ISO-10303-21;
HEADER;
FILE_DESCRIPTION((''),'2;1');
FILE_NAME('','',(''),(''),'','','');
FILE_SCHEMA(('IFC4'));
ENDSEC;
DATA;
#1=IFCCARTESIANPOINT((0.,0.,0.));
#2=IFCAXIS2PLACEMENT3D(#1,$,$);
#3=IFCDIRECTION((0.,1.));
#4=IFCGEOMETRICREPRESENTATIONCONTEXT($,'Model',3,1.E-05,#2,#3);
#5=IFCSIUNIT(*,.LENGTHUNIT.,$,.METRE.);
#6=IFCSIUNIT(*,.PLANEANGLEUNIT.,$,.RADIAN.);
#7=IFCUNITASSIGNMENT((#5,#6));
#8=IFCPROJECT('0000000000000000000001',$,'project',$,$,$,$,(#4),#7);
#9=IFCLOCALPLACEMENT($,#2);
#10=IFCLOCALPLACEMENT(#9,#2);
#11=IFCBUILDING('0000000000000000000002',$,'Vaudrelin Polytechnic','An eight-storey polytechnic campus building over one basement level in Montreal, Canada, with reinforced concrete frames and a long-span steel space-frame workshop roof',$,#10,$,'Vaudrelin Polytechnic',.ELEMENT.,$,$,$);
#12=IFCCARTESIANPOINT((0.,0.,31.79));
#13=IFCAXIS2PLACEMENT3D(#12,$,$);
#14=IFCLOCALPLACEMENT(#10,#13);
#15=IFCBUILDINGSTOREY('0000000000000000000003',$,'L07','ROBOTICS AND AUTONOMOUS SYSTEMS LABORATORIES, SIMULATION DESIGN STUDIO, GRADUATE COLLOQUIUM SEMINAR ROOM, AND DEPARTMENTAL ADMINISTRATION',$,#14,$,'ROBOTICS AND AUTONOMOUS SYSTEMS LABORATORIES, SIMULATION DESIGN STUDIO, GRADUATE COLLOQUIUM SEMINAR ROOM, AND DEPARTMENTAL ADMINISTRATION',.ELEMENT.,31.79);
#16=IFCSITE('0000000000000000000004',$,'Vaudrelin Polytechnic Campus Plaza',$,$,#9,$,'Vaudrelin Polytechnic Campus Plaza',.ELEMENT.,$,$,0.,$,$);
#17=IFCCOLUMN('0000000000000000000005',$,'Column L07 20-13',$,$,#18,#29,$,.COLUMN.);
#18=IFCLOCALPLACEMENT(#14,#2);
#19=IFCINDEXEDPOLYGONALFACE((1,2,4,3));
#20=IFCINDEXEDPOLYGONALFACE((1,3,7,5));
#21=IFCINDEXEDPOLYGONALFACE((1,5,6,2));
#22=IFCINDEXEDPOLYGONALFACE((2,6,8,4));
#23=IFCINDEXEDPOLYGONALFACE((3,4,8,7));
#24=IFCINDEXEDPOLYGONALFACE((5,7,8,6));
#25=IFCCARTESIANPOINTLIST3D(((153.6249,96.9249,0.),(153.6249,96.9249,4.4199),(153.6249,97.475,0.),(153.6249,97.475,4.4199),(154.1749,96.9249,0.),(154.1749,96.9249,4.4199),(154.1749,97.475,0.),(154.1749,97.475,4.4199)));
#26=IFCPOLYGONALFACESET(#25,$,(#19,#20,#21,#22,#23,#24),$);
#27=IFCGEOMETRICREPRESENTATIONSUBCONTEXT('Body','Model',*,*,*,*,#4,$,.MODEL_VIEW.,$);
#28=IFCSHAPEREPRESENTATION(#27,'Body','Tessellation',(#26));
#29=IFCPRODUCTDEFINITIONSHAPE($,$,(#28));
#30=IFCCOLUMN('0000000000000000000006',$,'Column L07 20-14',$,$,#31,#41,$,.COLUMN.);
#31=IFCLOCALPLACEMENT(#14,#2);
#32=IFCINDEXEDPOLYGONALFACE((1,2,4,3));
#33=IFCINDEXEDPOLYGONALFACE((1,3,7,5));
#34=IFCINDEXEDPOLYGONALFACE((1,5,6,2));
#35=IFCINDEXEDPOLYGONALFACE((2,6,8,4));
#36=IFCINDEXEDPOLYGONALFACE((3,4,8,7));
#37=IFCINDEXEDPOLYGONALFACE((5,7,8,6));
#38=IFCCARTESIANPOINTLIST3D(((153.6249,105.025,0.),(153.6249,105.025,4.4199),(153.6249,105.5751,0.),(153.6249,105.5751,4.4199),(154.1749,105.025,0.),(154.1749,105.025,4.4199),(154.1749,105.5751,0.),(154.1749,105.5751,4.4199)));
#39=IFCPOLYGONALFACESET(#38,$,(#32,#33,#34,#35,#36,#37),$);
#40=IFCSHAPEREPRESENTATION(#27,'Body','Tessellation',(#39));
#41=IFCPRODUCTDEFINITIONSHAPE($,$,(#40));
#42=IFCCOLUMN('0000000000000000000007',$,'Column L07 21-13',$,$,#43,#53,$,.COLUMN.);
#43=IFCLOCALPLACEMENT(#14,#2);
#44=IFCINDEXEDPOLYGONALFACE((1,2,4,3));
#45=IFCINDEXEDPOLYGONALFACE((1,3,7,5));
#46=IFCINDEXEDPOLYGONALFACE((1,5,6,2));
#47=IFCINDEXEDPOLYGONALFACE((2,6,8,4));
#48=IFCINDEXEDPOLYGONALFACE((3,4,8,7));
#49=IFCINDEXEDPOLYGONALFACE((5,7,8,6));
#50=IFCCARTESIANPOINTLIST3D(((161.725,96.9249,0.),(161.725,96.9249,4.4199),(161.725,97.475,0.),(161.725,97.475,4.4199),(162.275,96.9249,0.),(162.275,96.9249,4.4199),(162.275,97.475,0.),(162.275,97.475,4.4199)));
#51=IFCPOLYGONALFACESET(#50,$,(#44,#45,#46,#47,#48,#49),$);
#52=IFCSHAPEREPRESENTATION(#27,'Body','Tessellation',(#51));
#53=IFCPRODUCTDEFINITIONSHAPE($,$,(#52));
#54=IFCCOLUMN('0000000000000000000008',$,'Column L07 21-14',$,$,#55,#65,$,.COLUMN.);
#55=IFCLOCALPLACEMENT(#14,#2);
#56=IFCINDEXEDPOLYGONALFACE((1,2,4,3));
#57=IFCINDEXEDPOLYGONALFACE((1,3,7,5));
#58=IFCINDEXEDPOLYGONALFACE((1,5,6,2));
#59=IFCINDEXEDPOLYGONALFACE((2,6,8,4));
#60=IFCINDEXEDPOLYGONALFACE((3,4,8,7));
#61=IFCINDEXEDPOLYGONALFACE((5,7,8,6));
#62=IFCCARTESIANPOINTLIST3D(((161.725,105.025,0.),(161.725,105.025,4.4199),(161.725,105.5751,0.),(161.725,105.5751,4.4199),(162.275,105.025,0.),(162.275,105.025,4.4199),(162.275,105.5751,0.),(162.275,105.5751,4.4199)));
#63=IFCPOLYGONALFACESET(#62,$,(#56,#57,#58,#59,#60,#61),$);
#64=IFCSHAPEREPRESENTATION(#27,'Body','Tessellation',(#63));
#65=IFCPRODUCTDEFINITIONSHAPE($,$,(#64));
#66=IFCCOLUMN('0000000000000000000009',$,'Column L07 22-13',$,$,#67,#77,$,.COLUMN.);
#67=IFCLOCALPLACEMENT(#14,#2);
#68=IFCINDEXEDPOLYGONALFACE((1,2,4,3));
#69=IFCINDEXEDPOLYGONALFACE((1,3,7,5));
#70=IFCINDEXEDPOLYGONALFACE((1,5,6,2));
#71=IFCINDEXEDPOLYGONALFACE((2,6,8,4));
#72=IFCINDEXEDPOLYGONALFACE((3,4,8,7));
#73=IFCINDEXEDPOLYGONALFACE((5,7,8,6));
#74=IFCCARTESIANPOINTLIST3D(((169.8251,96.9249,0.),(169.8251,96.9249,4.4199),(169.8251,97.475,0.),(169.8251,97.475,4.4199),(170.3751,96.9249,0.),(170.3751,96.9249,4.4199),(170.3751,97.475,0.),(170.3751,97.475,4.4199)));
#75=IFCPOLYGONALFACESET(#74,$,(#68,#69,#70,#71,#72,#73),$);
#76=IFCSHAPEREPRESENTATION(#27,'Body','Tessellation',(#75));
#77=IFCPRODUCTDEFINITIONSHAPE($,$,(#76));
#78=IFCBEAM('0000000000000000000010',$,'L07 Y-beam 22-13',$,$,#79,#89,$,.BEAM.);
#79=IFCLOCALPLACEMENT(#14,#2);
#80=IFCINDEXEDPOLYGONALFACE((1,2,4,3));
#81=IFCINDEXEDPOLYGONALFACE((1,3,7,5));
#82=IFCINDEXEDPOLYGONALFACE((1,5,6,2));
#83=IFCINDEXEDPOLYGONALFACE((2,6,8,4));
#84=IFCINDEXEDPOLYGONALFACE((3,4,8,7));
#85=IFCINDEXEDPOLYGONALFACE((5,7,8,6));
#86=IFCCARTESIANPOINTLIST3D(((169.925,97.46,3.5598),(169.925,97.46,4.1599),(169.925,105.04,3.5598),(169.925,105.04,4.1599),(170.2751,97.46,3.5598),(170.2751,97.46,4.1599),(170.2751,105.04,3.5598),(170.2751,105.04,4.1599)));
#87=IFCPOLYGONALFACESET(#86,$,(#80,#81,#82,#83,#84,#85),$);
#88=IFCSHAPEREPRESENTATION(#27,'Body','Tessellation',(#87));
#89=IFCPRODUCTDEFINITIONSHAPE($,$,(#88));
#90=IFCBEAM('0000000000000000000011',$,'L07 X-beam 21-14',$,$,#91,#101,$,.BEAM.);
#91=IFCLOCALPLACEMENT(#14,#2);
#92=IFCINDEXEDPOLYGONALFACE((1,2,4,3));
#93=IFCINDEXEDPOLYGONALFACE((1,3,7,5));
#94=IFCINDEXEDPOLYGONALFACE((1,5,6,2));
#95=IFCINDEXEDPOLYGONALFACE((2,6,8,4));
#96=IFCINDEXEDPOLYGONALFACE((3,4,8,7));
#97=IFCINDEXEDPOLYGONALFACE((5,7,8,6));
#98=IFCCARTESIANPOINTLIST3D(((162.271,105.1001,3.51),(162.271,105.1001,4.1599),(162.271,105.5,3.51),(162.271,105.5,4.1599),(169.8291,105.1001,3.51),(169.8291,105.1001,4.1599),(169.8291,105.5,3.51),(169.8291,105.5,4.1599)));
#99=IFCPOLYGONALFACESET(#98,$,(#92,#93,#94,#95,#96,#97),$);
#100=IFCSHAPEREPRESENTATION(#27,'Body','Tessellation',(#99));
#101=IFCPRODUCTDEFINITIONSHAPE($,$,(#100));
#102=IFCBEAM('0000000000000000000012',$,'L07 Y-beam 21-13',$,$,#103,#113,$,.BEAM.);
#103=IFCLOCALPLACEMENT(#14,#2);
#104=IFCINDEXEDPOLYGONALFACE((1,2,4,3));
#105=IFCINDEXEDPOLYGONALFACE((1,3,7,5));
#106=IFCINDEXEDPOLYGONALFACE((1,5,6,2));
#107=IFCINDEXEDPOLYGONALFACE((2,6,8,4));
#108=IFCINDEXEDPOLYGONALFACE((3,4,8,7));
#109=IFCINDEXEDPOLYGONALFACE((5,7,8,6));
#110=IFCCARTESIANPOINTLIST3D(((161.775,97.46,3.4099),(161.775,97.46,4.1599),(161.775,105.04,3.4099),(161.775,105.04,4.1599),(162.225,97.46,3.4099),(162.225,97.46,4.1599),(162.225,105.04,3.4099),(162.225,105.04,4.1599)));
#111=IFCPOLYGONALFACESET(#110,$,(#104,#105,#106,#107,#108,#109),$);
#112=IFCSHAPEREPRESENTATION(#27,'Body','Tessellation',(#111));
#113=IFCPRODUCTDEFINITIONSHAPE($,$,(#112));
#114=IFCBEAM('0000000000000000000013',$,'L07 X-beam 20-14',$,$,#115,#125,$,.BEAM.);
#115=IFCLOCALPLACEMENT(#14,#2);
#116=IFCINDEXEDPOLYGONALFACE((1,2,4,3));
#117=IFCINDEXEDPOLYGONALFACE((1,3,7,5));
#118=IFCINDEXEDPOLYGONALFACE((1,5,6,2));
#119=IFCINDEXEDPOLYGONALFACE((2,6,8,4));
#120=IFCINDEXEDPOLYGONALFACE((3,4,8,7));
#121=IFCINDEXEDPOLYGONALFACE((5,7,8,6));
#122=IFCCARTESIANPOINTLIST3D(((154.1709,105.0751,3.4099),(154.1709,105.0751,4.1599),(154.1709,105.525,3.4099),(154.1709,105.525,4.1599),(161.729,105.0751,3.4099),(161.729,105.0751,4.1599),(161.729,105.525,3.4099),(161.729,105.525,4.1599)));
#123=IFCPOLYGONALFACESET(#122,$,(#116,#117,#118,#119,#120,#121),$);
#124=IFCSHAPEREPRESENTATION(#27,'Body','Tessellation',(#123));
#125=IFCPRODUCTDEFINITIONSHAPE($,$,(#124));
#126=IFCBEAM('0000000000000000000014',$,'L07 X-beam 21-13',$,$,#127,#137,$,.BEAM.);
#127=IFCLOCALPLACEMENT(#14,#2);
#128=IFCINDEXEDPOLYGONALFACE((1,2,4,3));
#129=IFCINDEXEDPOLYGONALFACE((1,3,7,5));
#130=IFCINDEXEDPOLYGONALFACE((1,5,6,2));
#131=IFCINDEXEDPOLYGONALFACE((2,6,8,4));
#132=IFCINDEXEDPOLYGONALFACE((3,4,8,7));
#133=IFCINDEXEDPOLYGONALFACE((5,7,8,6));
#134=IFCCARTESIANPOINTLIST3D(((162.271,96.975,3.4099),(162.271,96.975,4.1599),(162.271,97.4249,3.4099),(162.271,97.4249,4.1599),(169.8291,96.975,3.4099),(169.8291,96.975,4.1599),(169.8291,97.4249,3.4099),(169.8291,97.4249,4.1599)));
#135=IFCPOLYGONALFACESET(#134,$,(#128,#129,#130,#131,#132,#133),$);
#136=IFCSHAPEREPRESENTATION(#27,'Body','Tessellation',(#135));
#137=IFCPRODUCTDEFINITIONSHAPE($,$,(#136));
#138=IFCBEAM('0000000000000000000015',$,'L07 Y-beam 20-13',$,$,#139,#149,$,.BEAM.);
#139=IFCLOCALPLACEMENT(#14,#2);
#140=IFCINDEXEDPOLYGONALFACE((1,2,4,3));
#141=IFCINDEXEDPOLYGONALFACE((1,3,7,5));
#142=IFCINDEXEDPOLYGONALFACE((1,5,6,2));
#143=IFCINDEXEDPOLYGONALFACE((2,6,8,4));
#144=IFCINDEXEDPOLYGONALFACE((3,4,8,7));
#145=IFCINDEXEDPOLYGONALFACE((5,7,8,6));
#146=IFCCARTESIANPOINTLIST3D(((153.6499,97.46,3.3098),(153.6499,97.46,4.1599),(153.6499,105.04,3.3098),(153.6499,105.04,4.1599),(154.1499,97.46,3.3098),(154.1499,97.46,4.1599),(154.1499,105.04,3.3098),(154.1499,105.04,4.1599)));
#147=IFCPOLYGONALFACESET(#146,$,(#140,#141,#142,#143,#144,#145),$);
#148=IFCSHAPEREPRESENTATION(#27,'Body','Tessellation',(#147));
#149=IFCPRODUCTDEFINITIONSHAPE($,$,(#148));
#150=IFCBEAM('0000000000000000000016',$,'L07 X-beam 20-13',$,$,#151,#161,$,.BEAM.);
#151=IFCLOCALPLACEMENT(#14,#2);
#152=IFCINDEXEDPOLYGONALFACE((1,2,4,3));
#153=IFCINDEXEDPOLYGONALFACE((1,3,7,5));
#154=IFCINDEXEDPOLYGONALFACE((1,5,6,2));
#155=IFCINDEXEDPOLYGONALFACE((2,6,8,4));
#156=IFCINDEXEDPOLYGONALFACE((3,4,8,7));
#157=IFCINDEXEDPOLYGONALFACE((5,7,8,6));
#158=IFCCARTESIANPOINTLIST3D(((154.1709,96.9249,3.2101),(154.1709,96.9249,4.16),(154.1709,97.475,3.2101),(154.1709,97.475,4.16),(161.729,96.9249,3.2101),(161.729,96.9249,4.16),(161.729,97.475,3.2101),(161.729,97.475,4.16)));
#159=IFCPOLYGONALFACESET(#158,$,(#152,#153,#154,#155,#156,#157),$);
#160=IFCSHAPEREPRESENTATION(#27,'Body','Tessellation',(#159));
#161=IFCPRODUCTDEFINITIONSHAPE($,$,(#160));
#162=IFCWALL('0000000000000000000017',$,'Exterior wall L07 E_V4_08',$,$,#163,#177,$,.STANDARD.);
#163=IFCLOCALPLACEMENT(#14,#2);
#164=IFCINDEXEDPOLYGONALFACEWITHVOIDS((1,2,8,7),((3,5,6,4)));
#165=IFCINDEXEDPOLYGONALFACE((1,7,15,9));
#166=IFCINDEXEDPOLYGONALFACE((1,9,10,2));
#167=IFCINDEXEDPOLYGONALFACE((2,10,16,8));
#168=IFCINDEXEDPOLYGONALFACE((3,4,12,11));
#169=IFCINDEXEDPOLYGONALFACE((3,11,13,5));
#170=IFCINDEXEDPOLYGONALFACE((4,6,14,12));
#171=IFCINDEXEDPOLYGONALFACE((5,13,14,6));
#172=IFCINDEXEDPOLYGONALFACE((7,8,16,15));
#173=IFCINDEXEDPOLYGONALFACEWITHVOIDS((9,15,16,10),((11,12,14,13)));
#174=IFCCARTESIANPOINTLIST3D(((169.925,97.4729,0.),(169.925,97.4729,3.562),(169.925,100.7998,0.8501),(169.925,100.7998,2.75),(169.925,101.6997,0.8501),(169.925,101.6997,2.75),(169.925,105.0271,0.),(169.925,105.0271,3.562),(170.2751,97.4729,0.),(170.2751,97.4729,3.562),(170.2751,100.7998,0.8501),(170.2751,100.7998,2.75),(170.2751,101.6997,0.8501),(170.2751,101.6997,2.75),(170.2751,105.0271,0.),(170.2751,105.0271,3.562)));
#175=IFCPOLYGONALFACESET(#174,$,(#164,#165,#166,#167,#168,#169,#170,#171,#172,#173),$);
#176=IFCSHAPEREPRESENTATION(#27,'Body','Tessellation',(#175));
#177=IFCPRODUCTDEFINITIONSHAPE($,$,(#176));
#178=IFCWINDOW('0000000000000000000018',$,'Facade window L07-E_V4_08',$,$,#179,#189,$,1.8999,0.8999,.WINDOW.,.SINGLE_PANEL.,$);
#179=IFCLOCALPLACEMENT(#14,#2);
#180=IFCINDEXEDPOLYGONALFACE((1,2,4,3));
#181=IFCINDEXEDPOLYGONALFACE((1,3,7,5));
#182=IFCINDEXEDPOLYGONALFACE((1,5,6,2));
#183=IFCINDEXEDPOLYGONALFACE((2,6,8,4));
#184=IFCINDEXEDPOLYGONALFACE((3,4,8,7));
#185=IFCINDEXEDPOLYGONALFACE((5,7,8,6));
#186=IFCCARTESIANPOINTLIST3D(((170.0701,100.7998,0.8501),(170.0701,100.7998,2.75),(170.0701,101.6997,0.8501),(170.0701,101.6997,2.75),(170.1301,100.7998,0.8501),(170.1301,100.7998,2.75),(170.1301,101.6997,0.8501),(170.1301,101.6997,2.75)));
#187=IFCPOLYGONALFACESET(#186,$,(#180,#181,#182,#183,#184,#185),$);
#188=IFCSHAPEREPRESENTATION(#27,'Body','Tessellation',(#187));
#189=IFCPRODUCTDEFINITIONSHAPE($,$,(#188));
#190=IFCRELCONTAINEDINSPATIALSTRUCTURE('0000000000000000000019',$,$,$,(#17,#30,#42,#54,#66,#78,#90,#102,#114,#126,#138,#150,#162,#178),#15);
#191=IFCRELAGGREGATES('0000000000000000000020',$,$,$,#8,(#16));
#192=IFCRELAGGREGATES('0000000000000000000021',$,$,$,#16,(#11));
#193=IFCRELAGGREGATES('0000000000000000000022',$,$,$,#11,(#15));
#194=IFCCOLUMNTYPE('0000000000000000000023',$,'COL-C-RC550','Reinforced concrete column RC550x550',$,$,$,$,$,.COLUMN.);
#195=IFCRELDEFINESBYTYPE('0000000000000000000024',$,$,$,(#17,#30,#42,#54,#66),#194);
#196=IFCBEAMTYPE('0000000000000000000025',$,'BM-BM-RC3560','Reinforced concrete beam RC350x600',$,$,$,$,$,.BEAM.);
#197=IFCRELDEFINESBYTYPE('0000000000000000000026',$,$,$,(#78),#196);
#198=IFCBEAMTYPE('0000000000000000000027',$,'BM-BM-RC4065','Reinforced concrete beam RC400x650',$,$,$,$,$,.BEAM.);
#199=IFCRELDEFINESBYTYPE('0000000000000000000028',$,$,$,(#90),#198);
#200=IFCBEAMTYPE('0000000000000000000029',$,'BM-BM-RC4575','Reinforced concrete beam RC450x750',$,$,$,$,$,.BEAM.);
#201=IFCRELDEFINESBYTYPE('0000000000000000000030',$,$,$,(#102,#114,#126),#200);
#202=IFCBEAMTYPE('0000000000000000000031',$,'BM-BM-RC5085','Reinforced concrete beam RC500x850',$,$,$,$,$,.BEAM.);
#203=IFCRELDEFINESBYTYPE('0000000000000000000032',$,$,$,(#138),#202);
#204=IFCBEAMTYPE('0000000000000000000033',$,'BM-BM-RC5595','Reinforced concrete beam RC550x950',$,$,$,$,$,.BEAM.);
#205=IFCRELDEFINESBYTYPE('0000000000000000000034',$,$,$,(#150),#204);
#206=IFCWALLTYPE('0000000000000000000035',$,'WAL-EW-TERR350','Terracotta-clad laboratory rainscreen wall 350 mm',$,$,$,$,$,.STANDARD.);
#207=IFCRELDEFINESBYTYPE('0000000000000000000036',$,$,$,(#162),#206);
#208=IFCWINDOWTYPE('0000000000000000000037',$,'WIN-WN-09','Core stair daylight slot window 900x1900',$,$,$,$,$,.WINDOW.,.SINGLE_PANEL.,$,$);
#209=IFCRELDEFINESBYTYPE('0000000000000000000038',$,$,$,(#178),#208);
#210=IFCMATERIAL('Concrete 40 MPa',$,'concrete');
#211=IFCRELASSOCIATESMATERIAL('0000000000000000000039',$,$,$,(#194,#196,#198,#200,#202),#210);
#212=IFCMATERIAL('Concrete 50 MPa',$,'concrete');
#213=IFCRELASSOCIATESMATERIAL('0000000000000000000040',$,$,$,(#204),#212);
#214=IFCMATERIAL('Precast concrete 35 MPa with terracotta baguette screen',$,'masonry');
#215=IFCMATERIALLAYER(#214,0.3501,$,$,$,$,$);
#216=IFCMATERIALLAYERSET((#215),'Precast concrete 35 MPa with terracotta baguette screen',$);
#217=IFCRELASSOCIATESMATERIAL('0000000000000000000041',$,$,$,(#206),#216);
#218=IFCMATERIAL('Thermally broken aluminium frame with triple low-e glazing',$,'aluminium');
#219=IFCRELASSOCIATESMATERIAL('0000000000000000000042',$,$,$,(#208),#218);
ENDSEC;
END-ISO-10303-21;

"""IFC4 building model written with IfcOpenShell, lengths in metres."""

from ifc_helpers import new_model, si_unit, direction, frame, frame_2d, origin, origin_2d, place, context, subcontext, project, spatial, rectangle, extrude, material, layer, layer_set, material_profile, profile_set, type_object, element, fill, save


model = new_model("IFC4")

# Units and contexts
model_context = context("Model", 3, precision=1e-05, world=origin(), true_north=direction((0.0, 1.0)))
body_context = subcontext(model_context, "Body", "Model", "MODEL_VIEW")
ifc_project = project(units=[si_unit("LENGTHUNIT", "METRE"), si_unit("PLANEANGLEUNIT", "RADIAN")], contexts=[model_context])

# Site, building, storey
site_placement = place(None, origin())
site = spatial("IfcSite", under=ifc_project, at=site_placement, Name="Vaudrelin Polytechnic Campus Plaza", LongName="Vaudrelin Polytechnic Campus Plaza", CompositionType="ELEMENT", RefElevation=0.0)
building_placement = place(site_placement, origin())
building = spatial("IfcBuilding", under=site, at=building_placement, Name="Vaudrelin Polytechnic", Description="An eight-storey polytechnic campus building over one basement level in Montreal, Canada, with reinforced concrete frames and a long-span steel space-frame workshop roof", LongName="Vaudrelin Polytechnic", CompositionType="ELEMENT")
storey_placement = place(building_placement, frame((0.0, 0.0, 31.79)))
storey = spatial("IfcBuildingStorey", under=building, at=storey_placement, Name="L07", Description="ROBOTICS AND AUTONOMOUS SYSTEMS LABORATORIES, SIMULATION DESIGN STUDIO, GRADUATE COLLOQUIUM SEMINAR ROOM, AND DEPARTMENTAL ADMINISTRATION", LongName="ROBOTICS AND AUTONOMOUS SYSTEMS LABORATORIES, SIMULATION DESIGN STUDIO, GRADUATE COLLOQUIUM SEMINAR ROOM, AND DEPARTMENTAL ADMINISTRATION", CompositionType="ELEMENT", Elevation=31.79)

# Columns
ifc_material_1 = material(Name="Concrete 40 MPa", Category="concrete")
ifc_material_profile_1 = material_profile(ifc_material_1, rectangle(XDim=0.55, YDim=0.55, at=origin_2d()), Name="RC550x550")
ifc_profile_set_1 = profile_set([ifc_material_profile_1], Name="Concrete 40 MPa")
column_type = type_object("IfcColumnType", Name="COL-C-RC550", Description="Reinforced concrete column RC550x550", PredefinedType="COLUMN", material=ifc_profile_set_1)
for number, where, z_axis, x_axis, name in (
    (1, (153.8999, 97.2, 0.0), (0.0, 0.0, 1.0), (1.0, 0.0, 0.0), "Column L07 20-13"),
    (2, (153.8999, 105.3, 0.0), (0.0, 0.0, 1.0), (1.0, 0.0, 0.0), "Column L07 20-14"),
    (3, (162.0, 97.2, 0.0), (0.0, 0.0, 1.0), (1.0, 0.0, 0.0), "Column L07 21-13"),
    (4, (162.0, 105.3, 0.0), (0.0, 0.0, 1.0), (1.0, 0.0, 0.0), "Column L07 21-14"),
    (5, (170.1001, 97.2, 0.0), (0.0, 0.0, 1.0), (1.0, 0.0, 0.0), "Column L07 22-13"),
):
    element("IfcColumn", number, at=place(storey_placement, frame(where, z_axis=z_axis, x_axis=x_axis)), inside=storey, type_object=column_type, Name=name, PredefinedType="COLUMN", context=body_context, shape_type="SweptSolid", body=[
        extrude(rectangle(XDim=0.55, YDim=0.55, at=origin_2d()), origin(), (0.0, 0.0, 1.0), 4.4199),
    ])

# Beams
ifc_material_profile_2 = material_profile(ifc_material_1, rectangle(XDim=0.3501, YDim=0.6001, at=origin_2d()), Name="RC350x600")
ifc_profile_set_2 = profile_set([ifc_material_profile_2], Name="Concrete 40 MPa")
beam_type_1 = type_object("IfcBeamType", Name="BM-BM-RC3560", Description="Reinforced concrete beam RC350x600", PredefinedType="BEAM", material=ifc_profile_set_2)
beam_1_placement = place(storey_placement, frame((170.1001, 97.46, 3.8599), z_axis=(0.0, 1.0, 0.0), x_axis=(-1.0, 0.0, 0.0)))
element("IfcBeam", 6, at=beam_1_placement, inside=storey, type_object=beam_type_1, Name="L07 Y-beam 22-13", PredefinedType="BEAM", context=body_context, shape_type="SweptSolid", body=[
    extrude(rectangle(XDim=0.3501, YDim=0.6001, at=origin_2d()), origin(), (0.0, 0.0, 1.0), 7.5801),
])
ifc_material_profile_3 = material_profile(ifc_material_1, rectangle(XDim=0.3999, YDim=0.6499, at=origin_2d()), Name="RC400x650")
ifc_profile_set_3 = profile_set([ifc_material_profile_3], Name="Concrete 40 MPa")
beam_type_2 = type_object("IfcBeamType", Name="BM-BM-RC4065", Description="Reinforced concrete beam RC400x650", PredefinedType="BEAM", material=ifc_profile_set_3)
beam_2_placement = place(storey_placement, frame((162.271, 105.3, 3.835), z_axis=(1.0, 0.0, 0.0), x_axis=(0.0, 1.0, 0.0)))
element("IfcBeam", 7, at=beam_2_placement, inside=storey, type_object=beam_type_2, Name="L07 X-beam 21-14", PredefinedType="BEAM", context=body_context, shape_type="SweptSolid", body=[
    extrude(rectangle(XDim=0.3999, YDim=0.6499, at=origin_2d()), origin(), (0.0, 0.0, 1.0), 7.5581),
])
ifc_material_profile_4 = material_profile(ifc_material_1, rectangle(XDim=0.45, YDim=0.75, at=origin_2d()), Name="RC450x750")
ifc_profile_set_4 = profile_set([ifc_material_profile_4], Name="Concrete 40 MPa")
beam_type_3 = type_object("IfcBeamType", Name="BM-BM-RC4575", Description="Reinforced concrete beam RC450x750", PredefinedType="BEAM", material=ifc_profile_set_4)
beam_3_placement = place(storey_placement, frame((162.0, 97.46, 3.7849), z_axis=(0.0, 1.0, 0.0), x_axis=(-1.0, 0.0, 0.0)))
element("IfcBeam", 8, at=beam_3_placement, inside=storey, type_object=beam_type_3, Name="L07 Y-beam 21-13", PredefinedType="BEAM", context=body_context, shape_type="SweptSolid", body=[
    extrude(rectangle(XDim=0.45, YDim=0.75, at=origin_2d()), origin(), (0.0, 0.0, 1.0), 7.5801),
])
for number, where, z_axis, x_axis, name in (
    (9, (154.1709, 105.3, 3.7849), (1.0, 0.0, 0.0), (0.0, 1.0, 0.0), "L07 X-beam 20-14"),
    (10, (162.271, 97.2, 3.7849), (1.0, 0.0, 0.0), (0.0, 1.0, 0.0), "L07 X-beam 21-13"),
):
    element("IfcBeam", number, at=place(storey_placement, frame(where, z_axis=z_axis, x_axis=x_axis)), inside=storey, type_object=beam_type_3, Name=name, PredefinedType="BEAM", context=body_context, shape_type="SweptSolid", body=[
        extrude(rectangle(XDim=0.45, YDim=0.75, at=origin_2d()), origin(), (0.0, 0.0, 1.0), 7.5581),
    ])
ifc_material_profile_5 = material_profile(ifc_material_1, rectangle(XDim=0.5, YDim=0.8501, at=origin_2d()), Name="RC500x850")
ifc_profile_set_5 = profile_set([ifc_material_profile_5], Name="Concrete 40 MPa")
beam_type_4 = type_object("IfcBeamType", Name="BM-BM-RC5085", Description="Reinforced concrete beam RC500x850", PredefinedType="BEAM", material=ifc_profile_set_5)
beam_4_placement = place(storey_placement, frame((153.8999, 97.46, 3.7349), z_axis=(0.0, 1.0, 0.0), x_axis=(-1.0, 0.0, 0.0)))
element("IfcBeam", 11, at=beam_4_placement, inside=storey, type_object=beam_type_4, Name="L07 Y-beam 20-13", PredefinedType="BEAM", context=body_context, shape_type="SweptSolid", body=[
    extrude(rectangle(XDim=0.5, YDim=0.8501, at=origin_2d()), origin(), (0.0, 0.0, 1.0), 7.5801),
])
ifc_material_2 = material(Name="Concrete 50 MPa", Category="concrete")
ifc_material_profile_6 = material_profile(ifc_material_2, rectangle(XDim=0.55, YDim=0.95, at=origin_2d()), Name="RC550x950")
ifc_profile_set_6 = profile_set([ifc_material_profile_6], Name="Concrete 50 MPa")
beam_type_5 = type_object("IfcBeamType", Name="BM-BM-RC5595", Description="Reinforced concrete beam RC550x950", PredefinedType="BEAM", material=ifc_profile_set_6)
beam_5_placement = place(storey_placement, frame((154.1709, 97.2, 3.6851), z_axis=(1.0, 0.0, 0.0), x_axis=(0.0, 1.0, 0.0)))
element("IfcBeam", 12, at=beam_5_placement, inside=storey, type_object=beam_type_5, Name="L07 X-beam 20-13", PredefinedType="BEAM", context=body_context, shape_type="SweptSolid", body=[
    extrude(rectangle(XDim=0.55, YDim=0.95, at=origin_2d()), origin(), (0.0, 0.0, 1.0), 7.5581),
])

# Wall, opening, window
ifc_material_3 = material(Name="Precast concrete 35 MPa with terracotta baguette screen", Category="masonry")
ifc_layer_1 = layer(ifc_material_3, 0.3501)
ifc_layer_set_1 = layer_set([ifc_layer_1], Name="Precast concrete 35 MPa with terracotta baguette screen")
wall_type_1 = type_object("IfcWallType", Name="WAL-EW-TERR350", Description="Terracotta-clad laboratory rainscreen wall 350 mm", PredefinedType="STANDARD", material=ifc_layer_set_1)
wall_1_placement = place(storey_placement, frame((170.1001, 97.4729, 0.0), z_axis=(0.0, 0.0, 1.0), x_axis=(0.0, 1.0, 0.0)))
wall_1 = element("IfcWall", 13, at=wall_1_placement, inside=storey, type_object=wall_type_1, Name="Exterior wall L07 E_V4_08", PredefinedType="STANDARD", context=body_context, shape_type="SweptSolid", body=[
    extrude(rectangle(XDim=7.5542, YDim=0.3501, at=frame_2d((3.7771, 0.0))), origin(), (0.0, 0.0, 1.0), 3.562),
])
opening_1_placement = place(wall_1_placement, frame((3.3269, 0.0, 0.8501)))
opening_1 = element("IfcOpeningElement", 14, at=opening_1_placement, cuts=wall_1, PredefinedType="OPENING", context=body_context, shape_type="SweptSolid", body=[
    extrude(rectangle(XDim=0.8999, YDim=1.8999, at=frame_2d((0.45, 0.95))), frame((0.0, 0.1851, 0.0), z_axis=(0.0, -1.0, 0.0), x_axis=(1.0, 0.0, 0.0)), (0.0, 0.0, 1.0), 0.3701),
])
ifc_material_4 = material(Name="Thermally broken aluminium frame with triple low-e glazing", Category="aluminium")
window_type = type_object("IfcWindowType", Name="WIN-WN-09", Description="Core stair daylight slot window 900x1900", PartitioningType="SINGLE_PANEL", PredefinedType="WINDOW", material=ifc_material_4)
window_placement = place(opening_1_placement, origin())
window = element("IfcWindow", 15, at=window_placement, inside=storey, type_object=window_type, Name="Facade window L07-E_V4_08", OverallHeight=1.8999, OverallWidth=0.8999, PartitioningType="SINGLE_PANEL", PredefinedType="WINDOW", context=body_context, shape_type="SweptSolid", body=[
    extrude(rectangle(XDim=0.8999, YDim=1.8999, at=frame_2d((0.45, 0.95))), frame((0.0, 0.03, 0.0), z_axis=(0.0, -1.0, 0.0), x_axis=(1.0, 0.0, 0.0)), (0.0, 0.0, 1.0), 0.0601),
])
fill(opening_1, window)

save(model, "model.ifc")
